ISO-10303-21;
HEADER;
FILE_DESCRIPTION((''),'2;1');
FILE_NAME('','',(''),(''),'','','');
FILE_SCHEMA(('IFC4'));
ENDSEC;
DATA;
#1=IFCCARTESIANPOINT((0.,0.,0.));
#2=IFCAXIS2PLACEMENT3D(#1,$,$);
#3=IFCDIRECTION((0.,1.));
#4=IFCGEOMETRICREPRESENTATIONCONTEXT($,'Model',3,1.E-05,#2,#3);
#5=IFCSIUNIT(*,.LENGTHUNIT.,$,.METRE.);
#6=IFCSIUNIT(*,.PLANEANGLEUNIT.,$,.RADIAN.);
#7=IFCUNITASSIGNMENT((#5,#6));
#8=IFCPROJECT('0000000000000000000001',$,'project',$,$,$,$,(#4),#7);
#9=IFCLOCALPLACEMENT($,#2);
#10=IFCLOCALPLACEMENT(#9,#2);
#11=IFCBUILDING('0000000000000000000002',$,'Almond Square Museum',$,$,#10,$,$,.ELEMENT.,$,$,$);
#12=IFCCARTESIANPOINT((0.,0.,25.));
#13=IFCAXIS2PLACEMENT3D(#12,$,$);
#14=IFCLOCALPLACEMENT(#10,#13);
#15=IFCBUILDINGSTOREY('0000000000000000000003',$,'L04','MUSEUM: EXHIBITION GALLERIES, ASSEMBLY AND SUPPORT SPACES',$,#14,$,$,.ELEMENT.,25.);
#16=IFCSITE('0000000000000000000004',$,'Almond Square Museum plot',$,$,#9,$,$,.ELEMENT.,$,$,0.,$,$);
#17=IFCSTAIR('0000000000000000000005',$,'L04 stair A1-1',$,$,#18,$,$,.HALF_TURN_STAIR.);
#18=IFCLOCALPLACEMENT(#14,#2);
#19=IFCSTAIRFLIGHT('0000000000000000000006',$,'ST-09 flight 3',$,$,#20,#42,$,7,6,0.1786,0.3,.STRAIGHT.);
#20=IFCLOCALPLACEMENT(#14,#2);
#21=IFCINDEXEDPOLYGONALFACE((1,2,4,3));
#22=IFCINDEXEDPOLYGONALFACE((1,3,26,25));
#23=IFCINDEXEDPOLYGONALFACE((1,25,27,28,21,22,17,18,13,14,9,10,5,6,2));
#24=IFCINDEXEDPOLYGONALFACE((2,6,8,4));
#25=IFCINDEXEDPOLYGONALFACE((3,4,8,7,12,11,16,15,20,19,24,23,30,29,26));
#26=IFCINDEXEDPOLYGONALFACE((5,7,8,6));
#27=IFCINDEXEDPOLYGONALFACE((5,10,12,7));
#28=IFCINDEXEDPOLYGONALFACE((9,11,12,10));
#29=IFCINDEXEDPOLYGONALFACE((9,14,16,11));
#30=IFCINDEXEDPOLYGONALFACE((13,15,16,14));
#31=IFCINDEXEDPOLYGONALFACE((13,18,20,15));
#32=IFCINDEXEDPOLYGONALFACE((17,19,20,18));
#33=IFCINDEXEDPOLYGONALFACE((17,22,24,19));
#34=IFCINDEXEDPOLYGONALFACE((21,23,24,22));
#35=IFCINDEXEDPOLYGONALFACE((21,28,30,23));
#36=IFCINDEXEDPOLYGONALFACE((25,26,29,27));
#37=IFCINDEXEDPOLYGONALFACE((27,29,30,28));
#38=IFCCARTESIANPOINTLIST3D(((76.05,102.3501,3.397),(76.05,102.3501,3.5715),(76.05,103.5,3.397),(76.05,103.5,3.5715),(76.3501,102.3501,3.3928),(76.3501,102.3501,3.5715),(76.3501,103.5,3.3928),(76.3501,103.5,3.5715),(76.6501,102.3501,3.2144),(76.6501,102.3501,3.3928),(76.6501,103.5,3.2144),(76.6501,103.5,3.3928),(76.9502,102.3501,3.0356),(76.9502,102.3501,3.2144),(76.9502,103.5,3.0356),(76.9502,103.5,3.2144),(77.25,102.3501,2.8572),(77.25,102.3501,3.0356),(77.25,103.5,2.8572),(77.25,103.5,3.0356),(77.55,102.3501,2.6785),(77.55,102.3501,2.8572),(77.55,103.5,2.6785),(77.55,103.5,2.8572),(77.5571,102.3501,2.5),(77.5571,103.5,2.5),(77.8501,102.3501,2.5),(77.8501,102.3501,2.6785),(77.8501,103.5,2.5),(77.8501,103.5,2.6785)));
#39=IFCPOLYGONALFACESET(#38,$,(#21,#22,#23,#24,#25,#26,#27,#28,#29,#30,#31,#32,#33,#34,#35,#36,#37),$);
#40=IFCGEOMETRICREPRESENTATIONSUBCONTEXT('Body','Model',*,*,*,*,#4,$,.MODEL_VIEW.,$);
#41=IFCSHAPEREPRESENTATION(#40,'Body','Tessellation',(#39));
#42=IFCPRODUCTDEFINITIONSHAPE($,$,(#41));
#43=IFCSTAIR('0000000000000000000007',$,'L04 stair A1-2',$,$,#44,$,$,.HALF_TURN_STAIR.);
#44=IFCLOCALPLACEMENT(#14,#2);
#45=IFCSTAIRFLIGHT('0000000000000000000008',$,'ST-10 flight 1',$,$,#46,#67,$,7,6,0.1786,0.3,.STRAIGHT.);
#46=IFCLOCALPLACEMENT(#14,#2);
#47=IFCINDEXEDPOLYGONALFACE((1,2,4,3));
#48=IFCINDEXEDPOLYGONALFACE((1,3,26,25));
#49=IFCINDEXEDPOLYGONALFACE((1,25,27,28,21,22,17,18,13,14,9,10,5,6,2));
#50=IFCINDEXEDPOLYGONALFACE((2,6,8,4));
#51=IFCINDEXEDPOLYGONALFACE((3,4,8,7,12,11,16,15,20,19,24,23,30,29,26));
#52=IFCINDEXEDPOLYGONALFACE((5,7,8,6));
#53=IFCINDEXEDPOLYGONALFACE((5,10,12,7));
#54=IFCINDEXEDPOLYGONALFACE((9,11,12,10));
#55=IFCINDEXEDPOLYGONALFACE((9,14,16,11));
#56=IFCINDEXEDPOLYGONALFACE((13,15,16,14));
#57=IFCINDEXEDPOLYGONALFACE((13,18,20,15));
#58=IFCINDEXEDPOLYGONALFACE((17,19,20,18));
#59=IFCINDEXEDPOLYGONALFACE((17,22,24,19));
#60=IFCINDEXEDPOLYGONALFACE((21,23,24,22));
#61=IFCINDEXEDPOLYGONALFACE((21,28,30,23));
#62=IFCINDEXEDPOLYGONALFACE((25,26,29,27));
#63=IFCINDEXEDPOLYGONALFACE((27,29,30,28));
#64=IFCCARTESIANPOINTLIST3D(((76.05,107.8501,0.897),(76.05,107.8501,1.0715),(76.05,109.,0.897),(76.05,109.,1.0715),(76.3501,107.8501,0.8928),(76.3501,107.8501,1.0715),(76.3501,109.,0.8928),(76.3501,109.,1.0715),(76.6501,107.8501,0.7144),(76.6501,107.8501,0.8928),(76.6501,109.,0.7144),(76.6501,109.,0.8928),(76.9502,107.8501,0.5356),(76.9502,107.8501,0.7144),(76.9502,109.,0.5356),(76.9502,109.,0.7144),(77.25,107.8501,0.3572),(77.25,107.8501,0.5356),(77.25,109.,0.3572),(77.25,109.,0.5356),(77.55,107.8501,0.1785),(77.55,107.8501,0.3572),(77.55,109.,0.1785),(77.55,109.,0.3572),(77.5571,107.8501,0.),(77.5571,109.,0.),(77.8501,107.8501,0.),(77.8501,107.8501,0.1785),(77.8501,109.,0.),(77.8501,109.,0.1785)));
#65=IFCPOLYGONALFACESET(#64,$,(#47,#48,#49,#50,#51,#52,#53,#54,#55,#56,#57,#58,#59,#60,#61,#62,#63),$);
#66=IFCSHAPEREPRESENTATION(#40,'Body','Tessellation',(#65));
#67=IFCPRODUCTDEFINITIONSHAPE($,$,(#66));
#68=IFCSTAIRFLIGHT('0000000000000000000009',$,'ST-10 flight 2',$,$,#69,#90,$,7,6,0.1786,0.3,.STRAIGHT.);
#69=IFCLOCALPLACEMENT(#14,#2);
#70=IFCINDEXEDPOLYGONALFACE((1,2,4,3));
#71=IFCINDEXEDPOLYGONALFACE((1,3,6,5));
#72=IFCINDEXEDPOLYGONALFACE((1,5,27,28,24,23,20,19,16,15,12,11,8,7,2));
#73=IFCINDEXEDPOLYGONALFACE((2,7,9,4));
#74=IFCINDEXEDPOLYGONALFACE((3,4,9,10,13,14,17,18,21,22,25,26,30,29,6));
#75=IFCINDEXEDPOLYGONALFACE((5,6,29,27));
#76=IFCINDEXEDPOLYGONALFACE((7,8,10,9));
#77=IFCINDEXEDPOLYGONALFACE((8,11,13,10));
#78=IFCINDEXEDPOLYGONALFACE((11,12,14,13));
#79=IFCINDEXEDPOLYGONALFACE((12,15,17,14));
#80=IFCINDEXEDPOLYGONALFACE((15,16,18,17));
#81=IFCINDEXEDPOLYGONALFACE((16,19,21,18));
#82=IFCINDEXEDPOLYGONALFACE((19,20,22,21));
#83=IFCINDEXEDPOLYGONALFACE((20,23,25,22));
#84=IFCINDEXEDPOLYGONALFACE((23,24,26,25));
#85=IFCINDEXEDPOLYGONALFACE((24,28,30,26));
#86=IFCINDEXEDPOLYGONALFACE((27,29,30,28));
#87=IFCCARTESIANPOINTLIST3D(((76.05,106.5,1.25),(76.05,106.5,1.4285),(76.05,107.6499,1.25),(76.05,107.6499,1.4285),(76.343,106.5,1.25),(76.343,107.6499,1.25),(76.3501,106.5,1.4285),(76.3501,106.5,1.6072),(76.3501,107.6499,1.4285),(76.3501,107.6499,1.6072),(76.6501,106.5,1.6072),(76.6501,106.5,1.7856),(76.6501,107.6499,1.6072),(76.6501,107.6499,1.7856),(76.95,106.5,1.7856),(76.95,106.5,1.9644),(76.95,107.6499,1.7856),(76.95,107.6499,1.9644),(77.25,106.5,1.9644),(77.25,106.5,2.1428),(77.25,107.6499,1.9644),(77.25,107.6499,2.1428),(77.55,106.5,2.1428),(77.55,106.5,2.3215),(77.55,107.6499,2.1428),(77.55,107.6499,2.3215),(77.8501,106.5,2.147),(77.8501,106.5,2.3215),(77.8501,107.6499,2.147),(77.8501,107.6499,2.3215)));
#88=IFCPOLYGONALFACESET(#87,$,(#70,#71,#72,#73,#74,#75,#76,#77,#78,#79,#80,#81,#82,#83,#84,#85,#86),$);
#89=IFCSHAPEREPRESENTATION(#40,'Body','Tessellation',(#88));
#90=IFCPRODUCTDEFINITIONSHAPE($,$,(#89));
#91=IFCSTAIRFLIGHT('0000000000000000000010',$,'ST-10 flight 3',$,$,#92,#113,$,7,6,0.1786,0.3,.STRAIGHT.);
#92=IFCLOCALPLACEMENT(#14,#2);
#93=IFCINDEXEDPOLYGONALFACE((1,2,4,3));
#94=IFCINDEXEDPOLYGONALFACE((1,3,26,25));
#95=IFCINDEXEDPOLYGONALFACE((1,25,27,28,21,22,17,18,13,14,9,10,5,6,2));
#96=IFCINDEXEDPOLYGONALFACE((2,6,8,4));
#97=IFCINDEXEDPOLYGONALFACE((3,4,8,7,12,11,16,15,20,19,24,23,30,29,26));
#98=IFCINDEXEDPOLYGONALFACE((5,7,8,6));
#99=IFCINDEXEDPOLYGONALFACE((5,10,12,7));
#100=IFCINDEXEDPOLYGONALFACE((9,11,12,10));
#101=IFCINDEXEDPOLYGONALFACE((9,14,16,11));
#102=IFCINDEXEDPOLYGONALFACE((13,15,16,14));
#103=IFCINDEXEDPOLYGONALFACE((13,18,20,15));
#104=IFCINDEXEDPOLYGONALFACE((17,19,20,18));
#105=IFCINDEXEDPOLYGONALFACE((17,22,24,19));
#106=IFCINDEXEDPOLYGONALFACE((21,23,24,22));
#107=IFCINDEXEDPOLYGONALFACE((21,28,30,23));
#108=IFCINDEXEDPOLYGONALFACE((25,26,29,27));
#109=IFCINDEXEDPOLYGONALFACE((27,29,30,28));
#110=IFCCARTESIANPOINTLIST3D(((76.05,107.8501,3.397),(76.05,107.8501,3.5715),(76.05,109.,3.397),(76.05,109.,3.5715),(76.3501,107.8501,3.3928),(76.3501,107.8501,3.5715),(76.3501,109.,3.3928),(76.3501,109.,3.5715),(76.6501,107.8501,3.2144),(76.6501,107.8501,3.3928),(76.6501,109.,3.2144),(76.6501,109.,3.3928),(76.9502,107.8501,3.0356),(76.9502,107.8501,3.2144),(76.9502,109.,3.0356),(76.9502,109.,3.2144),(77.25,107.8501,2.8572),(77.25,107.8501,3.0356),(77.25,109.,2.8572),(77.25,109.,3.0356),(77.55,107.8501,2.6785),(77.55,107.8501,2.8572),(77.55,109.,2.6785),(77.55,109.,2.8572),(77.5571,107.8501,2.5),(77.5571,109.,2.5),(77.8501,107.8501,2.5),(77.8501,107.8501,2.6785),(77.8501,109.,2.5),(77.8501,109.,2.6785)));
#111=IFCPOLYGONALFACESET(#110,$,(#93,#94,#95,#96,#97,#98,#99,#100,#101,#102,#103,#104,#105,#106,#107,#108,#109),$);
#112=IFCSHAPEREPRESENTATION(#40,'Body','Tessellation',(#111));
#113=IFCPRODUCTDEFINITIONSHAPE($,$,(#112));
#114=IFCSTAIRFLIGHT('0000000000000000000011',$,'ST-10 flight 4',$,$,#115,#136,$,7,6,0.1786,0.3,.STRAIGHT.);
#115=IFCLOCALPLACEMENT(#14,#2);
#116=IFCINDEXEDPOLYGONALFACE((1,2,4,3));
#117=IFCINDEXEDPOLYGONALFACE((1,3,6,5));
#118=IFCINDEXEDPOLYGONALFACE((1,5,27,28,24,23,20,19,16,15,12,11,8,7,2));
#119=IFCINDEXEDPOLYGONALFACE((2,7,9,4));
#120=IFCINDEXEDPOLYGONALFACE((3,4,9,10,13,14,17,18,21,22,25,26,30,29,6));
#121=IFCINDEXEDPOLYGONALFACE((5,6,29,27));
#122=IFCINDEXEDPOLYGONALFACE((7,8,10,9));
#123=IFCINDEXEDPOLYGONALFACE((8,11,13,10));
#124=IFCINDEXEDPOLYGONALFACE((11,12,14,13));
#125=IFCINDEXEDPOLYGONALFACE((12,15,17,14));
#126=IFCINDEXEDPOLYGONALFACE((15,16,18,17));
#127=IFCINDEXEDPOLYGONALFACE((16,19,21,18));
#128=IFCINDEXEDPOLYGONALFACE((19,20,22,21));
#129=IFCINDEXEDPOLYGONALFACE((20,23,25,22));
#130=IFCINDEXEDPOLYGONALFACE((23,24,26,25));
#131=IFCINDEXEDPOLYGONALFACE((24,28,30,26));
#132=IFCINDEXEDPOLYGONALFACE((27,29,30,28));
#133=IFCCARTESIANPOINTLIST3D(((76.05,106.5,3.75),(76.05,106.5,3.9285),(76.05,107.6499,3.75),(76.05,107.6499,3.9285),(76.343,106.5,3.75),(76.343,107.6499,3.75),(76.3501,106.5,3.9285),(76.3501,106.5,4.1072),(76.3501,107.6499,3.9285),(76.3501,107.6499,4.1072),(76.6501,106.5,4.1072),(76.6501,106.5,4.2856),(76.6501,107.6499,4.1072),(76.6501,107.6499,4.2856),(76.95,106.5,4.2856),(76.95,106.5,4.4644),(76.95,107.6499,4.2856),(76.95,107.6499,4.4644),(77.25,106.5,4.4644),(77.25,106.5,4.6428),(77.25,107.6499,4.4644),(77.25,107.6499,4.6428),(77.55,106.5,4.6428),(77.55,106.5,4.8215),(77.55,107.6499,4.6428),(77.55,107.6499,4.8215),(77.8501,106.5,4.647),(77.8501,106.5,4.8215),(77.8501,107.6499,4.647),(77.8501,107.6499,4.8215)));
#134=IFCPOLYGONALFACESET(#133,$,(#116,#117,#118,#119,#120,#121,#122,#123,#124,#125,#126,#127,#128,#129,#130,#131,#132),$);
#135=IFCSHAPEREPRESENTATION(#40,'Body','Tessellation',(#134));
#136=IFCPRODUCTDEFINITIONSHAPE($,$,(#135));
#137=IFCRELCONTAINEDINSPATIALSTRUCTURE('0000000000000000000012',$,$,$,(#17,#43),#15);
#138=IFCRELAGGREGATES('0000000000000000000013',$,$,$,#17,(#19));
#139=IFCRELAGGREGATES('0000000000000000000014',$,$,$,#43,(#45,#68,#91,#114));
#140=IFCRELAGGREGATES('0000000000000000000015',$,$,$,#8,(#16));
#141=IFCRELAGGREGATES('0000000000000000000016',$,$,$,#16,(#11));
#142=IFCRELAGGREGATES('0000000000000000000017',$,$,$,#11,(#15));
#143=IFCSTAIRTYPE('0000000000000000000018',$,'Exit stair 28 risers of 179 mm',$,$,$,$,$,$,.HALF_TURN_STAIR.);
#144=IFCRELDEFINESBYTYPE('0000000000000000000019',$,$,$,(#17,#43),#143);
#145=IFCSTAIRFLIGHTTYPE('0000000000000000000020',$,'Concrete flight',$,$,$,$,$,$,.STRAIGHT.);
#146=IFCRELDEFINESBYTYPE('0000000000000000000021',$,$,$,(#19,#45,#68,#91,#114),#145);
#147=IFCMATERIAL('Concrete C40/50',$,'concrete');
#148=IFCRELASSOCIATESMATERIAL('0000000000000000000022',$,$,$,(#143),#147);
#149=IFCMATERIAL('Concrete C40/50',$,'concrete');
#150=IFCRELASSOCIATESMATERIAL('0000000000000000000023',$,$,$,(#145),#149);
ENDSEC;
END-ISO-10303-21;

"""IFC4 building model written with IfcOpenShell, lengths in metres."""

from ifc_helpers import new_model, si_unit, direction, frame, origin, place, context, subcontext, project, spatial, polyline, outline, extrude, material, type_object, element, aggregate, save


model = new_model("IFC4")

# Units and contexts
model_context = context("Model", 3, precision=1e-05, world=origin(), true_north=direction((0.0, 1.0)))
body_context = subcontext(model_context, "Body", "Model", "MODEL_VIEW")
ifc_project = project(units=[si_unit("LENGTHUNIT", "METRE"), si_unit("PLANEANGLEUNIT", "RADIAN")], contexts=[model_context])

# Site, building, storey
site_placement = place(None, origin())
site = spatial("IfcSite", under=ifc_project, at=site_placement, Name="Almond Square Museum plot", CompositionType="ELEMENT", RefElevation=0.0)
building_placement = place(site_placement, origin())
building = spatial("IfcBuilding", under=site, at=building_placement, Name="Almond Square Museum", CompositionType="ELEMENT")
storey_placement = place(building_placement, frame((0.0, 0.0, 25.0)))
storey = spatial("IfcBuildingStorey", under=building, at=storey_placement, Name="L04", Description="MUSEUM: EXHIBITION GALLERIES, ASSEMBLY AND SUPPORT SPACES", CompositionType="ELEMENT", Elevation=25.0)

# Stairs, stair flights
ifc_material_1 = material(Name="Concrete C40/50", Category="concrete")
stair_type = type_object("IfcStairType", Name="Exit stair 28 risers of 179 mm", PredefinedType="HALF_TURN_STAIR", material=ifc_material_1)
stair_1_placement = place(storey_placement, origin())
stair_1 = element("IfcStair", 1, at=stair_1_placement, inside=storey, type_object=stair_type, Name="L04 stair A1-1", PredefinedType="HALF_TURN_STAIR")
ifc_material_2 = material(Name="Concrete C40/50", Category="concrete")
stair_flight_type = type_object("IfcStairFlightType", Name="Concrete flight", PredefinedType="STRAIGHT", material=ifc_material_2)
stair_flight_1_placement = place(storey_placement, frame((77.8501, 102.925, 2.5), z_axis=(0.0, 0.0, 1.0), x_axis=(-1.0, 0.0, 0.0)))
stair_flight_1 = element("IfcStairFlight", 2, at=stair_flight_1_placement, type_object=stair_flight_type, Name="ST-09 flight 3", NumberOfRisers=7, NumberOfTreads=6, PredefinedType="STRAIGHT", RiserHeight=0.1786, TreadLength=0.3, context=body_context, shape_type="SweptSolid", body=[
    extrude(outline(polyline([(0.0, 0.0), (0.0, 0.1785), (0.3, 0.1785), (0.3, 0.3572), (0.6001, 0.3572), (0.6001, 0.5356), (0.8999, 0.5356), (0.8999, 0.7144), (1.2, 0.7144), (1.2, 0.8928), (1.5, 0.8928), (1.5, 1.0715), (1.8, 1.0715), (1.8, 1.25), (1.8, 0.897), (0.293, 0.0), (0.0, 0.0)])), frame((0.0, 0.575, 0.0), z_axis=(0.0, -1.0, 0.0), x_axis=(1.0, 0.0, 0.0)), (0.0, 0.0, 1.0), 1.1499),
])
aggregate(stair_1, [stair_flight_1])
stair_2_placement = place(storey_placement, origin())
stair_2 = element("IfcStair", 3, at=stair_2_placement, inside=storey, type_object=stair_type, Name="L04 stair A1-2", PredefinedType="HALF_TURN_STAIR")
stair_flight_2_placement = place(storey_placement, frame((77.8501, 108.425, 0.0), z_axis=(0.0, 0.0, 1.0), x_axis=(-1.0, 0.0, 0.0)))
stair_flight_2 = element("IfcStairFlight", 4, at=stair_flight_2_placement, type_object=stair_flight_type, Name="ST-10 flight 1", NumberOfRisers=7, NumberOfTreads=6, PredefinedType="STRAIGHT", RiserHeight=0.1786, TreadLength=0.3, context=body_context, shape_type="SweptSolid", body=[
    extrude(outline(polyline([(0.0, 0.0), (0.0, 0.1785), (0.3, 0.1785), (0.3, 0.3572), (0.6001, 0.3572), (0.6001, 0.5356), (0.8999, 0.5356), (0.8999, 0.7144), (1.2, 0.7144), (1.2, 0.8928), (1.5, 0.8928), (1.5, 1.0715), (1.8, 1.0715), (1.8, 1.25), (1.8, 0.897), (0.293, 0.0), (0.0, 0.0)])), frame((0.0, 0.575, 0.0), z_axis=(0.0, -1.0, 0.0), x_axis=(1.0, 0.0, 0.0)), (0.0, 0.0, 1.0), 1.1499),
])
stair_flight_3_placement = place(storey_placement, frame((76.05, 107.075, 1.25), z_axis=(0.0, 0.0, 1.0), x_axis=(1.0, 0.0, 0.0)))
stair_flight_3 = element("IfcStairFlight", 5, at=stair_flight_3_placement, type_object=stair_flight_type, Name="ST-10 flight 2", NumberOfRisers=7, NumberOfTreads=6, PredefinedType="STRAIGHT", RiserHeight=0.1786, TreadLength=0.3, context=body_context, shape_type="SweptSolid", body=[
    extrude(outline(polyline([(0.0, 0.0), (0.0, 0.1785), (0.3, 0.1785), (0.3, 0.3572), (0.6001, 0.3572), (0.6001, 0.5356), (0.8999, 0.5356), (0.8999, 0.7144), (1.2, 0.7144), (1.2, 0.8928), (1.5, 0.8928), (1.5, 1.0715), (1.8, 1.0715), (1.8, 1.25), (1.8, 0.897), (0.293, 0.0), (0.0, 0.0)])), frame((0.0, 0.575, 0.0), z_axis=(0.0, -1.0, 0.0), x_axis=(1.0, 0.0, 0.0)), (0.0, 0.0, 1.0), 1.1499),
])
stair_flight_4_placement = place(storey_placement, frame((77.8501, 108.425, 2.5), z_axis=(0.0, 0.0, 1.0), x_axis=(-1.0, 0.0, 0.0)))
stair_flight_4 = element("IfcStairFlight", 6, at=stair_flight_4_placement, type_object=stair_flight_type, Name="ST-10 flight 3", NumberOfRisers=7, NumberOfTreads=6, PredefinedType="STRAIGHT", RiserHeight=0.1786, TreadLength=0.3, context=body_context, shape_type="SweptSolid", body=[
    extrude(outline(polyline([(0.0, 0.0), (0.0, 0.1785), (0.3, 0.1785), (0.3, 0.3572), (0.6001, 0.3572), (0.6001, 0.5356), (0.8999, 0.5356), (0.8999, 0.7144), (1.2, 0.7144), (1.2, 0.8928), (1.5, 0.8928), (1.5, 1.0715), (1.8, 1.0715), (1.8, 1.25), (1.8, 0.897), (0.293, 0.0), (0.0, 0.0)])), frame((0.0, 0.575, 0.0), z_axis=(0.0, -1.0, 0.0), x_axis=(1.0, 0.0, 0.0)), (0.0, 0.0, 1.0), 1.1499),
])
stair_flight_5_placement = place(storey_placement, frame((76.05, 107.075, 3.75), z_axis=(0.0, 0.0, 1.0), x_axis=(1.0, 0.0, 0.0)))
stair_flight_5 = element("IfcStairFlight", 7, at=stair_flight_5_placement, type_object=stair_flight_type, Name="ST-10 flight 4", NumberOfRisers=7, NumberOfTreads=6, PredefinedType="STRAIGHT", RiserHeight=0.1786, TreadLength=0.3, context=body_context, shape_type="SweptSolid", body=[
    extrude(outline(polyline([(0.0, 0.0), (0.0, 0.1785), (0.3, 0.1785), (0.3, 0.3572), (0.6001, 0.3572), (0.6001, 0.5356), (0.8999, 0.5356), (0.8999, 0.7144), (1.2, 0.7144), (1.2, 0.8928), (1.5, 0.8928), (1.5, 1.0715), (1.8, 1.0715), (1.8, 1.25), (1.8, 0.897), (0.293, 0.0), (0.0, 0.0)])), frame((0.0, 0.575, 0.0), z_axis=(0.0, -1.0, 0.0), x_axis=(1.0, 0.0, 0.0)), (0.0, 0.0, 1.0), 1.1499),
])
aggregate(stair_2, [stair_flight_2, stair_flight_3, stair_flight_4, stair_flight_5])

save(model, "model.ifc")
